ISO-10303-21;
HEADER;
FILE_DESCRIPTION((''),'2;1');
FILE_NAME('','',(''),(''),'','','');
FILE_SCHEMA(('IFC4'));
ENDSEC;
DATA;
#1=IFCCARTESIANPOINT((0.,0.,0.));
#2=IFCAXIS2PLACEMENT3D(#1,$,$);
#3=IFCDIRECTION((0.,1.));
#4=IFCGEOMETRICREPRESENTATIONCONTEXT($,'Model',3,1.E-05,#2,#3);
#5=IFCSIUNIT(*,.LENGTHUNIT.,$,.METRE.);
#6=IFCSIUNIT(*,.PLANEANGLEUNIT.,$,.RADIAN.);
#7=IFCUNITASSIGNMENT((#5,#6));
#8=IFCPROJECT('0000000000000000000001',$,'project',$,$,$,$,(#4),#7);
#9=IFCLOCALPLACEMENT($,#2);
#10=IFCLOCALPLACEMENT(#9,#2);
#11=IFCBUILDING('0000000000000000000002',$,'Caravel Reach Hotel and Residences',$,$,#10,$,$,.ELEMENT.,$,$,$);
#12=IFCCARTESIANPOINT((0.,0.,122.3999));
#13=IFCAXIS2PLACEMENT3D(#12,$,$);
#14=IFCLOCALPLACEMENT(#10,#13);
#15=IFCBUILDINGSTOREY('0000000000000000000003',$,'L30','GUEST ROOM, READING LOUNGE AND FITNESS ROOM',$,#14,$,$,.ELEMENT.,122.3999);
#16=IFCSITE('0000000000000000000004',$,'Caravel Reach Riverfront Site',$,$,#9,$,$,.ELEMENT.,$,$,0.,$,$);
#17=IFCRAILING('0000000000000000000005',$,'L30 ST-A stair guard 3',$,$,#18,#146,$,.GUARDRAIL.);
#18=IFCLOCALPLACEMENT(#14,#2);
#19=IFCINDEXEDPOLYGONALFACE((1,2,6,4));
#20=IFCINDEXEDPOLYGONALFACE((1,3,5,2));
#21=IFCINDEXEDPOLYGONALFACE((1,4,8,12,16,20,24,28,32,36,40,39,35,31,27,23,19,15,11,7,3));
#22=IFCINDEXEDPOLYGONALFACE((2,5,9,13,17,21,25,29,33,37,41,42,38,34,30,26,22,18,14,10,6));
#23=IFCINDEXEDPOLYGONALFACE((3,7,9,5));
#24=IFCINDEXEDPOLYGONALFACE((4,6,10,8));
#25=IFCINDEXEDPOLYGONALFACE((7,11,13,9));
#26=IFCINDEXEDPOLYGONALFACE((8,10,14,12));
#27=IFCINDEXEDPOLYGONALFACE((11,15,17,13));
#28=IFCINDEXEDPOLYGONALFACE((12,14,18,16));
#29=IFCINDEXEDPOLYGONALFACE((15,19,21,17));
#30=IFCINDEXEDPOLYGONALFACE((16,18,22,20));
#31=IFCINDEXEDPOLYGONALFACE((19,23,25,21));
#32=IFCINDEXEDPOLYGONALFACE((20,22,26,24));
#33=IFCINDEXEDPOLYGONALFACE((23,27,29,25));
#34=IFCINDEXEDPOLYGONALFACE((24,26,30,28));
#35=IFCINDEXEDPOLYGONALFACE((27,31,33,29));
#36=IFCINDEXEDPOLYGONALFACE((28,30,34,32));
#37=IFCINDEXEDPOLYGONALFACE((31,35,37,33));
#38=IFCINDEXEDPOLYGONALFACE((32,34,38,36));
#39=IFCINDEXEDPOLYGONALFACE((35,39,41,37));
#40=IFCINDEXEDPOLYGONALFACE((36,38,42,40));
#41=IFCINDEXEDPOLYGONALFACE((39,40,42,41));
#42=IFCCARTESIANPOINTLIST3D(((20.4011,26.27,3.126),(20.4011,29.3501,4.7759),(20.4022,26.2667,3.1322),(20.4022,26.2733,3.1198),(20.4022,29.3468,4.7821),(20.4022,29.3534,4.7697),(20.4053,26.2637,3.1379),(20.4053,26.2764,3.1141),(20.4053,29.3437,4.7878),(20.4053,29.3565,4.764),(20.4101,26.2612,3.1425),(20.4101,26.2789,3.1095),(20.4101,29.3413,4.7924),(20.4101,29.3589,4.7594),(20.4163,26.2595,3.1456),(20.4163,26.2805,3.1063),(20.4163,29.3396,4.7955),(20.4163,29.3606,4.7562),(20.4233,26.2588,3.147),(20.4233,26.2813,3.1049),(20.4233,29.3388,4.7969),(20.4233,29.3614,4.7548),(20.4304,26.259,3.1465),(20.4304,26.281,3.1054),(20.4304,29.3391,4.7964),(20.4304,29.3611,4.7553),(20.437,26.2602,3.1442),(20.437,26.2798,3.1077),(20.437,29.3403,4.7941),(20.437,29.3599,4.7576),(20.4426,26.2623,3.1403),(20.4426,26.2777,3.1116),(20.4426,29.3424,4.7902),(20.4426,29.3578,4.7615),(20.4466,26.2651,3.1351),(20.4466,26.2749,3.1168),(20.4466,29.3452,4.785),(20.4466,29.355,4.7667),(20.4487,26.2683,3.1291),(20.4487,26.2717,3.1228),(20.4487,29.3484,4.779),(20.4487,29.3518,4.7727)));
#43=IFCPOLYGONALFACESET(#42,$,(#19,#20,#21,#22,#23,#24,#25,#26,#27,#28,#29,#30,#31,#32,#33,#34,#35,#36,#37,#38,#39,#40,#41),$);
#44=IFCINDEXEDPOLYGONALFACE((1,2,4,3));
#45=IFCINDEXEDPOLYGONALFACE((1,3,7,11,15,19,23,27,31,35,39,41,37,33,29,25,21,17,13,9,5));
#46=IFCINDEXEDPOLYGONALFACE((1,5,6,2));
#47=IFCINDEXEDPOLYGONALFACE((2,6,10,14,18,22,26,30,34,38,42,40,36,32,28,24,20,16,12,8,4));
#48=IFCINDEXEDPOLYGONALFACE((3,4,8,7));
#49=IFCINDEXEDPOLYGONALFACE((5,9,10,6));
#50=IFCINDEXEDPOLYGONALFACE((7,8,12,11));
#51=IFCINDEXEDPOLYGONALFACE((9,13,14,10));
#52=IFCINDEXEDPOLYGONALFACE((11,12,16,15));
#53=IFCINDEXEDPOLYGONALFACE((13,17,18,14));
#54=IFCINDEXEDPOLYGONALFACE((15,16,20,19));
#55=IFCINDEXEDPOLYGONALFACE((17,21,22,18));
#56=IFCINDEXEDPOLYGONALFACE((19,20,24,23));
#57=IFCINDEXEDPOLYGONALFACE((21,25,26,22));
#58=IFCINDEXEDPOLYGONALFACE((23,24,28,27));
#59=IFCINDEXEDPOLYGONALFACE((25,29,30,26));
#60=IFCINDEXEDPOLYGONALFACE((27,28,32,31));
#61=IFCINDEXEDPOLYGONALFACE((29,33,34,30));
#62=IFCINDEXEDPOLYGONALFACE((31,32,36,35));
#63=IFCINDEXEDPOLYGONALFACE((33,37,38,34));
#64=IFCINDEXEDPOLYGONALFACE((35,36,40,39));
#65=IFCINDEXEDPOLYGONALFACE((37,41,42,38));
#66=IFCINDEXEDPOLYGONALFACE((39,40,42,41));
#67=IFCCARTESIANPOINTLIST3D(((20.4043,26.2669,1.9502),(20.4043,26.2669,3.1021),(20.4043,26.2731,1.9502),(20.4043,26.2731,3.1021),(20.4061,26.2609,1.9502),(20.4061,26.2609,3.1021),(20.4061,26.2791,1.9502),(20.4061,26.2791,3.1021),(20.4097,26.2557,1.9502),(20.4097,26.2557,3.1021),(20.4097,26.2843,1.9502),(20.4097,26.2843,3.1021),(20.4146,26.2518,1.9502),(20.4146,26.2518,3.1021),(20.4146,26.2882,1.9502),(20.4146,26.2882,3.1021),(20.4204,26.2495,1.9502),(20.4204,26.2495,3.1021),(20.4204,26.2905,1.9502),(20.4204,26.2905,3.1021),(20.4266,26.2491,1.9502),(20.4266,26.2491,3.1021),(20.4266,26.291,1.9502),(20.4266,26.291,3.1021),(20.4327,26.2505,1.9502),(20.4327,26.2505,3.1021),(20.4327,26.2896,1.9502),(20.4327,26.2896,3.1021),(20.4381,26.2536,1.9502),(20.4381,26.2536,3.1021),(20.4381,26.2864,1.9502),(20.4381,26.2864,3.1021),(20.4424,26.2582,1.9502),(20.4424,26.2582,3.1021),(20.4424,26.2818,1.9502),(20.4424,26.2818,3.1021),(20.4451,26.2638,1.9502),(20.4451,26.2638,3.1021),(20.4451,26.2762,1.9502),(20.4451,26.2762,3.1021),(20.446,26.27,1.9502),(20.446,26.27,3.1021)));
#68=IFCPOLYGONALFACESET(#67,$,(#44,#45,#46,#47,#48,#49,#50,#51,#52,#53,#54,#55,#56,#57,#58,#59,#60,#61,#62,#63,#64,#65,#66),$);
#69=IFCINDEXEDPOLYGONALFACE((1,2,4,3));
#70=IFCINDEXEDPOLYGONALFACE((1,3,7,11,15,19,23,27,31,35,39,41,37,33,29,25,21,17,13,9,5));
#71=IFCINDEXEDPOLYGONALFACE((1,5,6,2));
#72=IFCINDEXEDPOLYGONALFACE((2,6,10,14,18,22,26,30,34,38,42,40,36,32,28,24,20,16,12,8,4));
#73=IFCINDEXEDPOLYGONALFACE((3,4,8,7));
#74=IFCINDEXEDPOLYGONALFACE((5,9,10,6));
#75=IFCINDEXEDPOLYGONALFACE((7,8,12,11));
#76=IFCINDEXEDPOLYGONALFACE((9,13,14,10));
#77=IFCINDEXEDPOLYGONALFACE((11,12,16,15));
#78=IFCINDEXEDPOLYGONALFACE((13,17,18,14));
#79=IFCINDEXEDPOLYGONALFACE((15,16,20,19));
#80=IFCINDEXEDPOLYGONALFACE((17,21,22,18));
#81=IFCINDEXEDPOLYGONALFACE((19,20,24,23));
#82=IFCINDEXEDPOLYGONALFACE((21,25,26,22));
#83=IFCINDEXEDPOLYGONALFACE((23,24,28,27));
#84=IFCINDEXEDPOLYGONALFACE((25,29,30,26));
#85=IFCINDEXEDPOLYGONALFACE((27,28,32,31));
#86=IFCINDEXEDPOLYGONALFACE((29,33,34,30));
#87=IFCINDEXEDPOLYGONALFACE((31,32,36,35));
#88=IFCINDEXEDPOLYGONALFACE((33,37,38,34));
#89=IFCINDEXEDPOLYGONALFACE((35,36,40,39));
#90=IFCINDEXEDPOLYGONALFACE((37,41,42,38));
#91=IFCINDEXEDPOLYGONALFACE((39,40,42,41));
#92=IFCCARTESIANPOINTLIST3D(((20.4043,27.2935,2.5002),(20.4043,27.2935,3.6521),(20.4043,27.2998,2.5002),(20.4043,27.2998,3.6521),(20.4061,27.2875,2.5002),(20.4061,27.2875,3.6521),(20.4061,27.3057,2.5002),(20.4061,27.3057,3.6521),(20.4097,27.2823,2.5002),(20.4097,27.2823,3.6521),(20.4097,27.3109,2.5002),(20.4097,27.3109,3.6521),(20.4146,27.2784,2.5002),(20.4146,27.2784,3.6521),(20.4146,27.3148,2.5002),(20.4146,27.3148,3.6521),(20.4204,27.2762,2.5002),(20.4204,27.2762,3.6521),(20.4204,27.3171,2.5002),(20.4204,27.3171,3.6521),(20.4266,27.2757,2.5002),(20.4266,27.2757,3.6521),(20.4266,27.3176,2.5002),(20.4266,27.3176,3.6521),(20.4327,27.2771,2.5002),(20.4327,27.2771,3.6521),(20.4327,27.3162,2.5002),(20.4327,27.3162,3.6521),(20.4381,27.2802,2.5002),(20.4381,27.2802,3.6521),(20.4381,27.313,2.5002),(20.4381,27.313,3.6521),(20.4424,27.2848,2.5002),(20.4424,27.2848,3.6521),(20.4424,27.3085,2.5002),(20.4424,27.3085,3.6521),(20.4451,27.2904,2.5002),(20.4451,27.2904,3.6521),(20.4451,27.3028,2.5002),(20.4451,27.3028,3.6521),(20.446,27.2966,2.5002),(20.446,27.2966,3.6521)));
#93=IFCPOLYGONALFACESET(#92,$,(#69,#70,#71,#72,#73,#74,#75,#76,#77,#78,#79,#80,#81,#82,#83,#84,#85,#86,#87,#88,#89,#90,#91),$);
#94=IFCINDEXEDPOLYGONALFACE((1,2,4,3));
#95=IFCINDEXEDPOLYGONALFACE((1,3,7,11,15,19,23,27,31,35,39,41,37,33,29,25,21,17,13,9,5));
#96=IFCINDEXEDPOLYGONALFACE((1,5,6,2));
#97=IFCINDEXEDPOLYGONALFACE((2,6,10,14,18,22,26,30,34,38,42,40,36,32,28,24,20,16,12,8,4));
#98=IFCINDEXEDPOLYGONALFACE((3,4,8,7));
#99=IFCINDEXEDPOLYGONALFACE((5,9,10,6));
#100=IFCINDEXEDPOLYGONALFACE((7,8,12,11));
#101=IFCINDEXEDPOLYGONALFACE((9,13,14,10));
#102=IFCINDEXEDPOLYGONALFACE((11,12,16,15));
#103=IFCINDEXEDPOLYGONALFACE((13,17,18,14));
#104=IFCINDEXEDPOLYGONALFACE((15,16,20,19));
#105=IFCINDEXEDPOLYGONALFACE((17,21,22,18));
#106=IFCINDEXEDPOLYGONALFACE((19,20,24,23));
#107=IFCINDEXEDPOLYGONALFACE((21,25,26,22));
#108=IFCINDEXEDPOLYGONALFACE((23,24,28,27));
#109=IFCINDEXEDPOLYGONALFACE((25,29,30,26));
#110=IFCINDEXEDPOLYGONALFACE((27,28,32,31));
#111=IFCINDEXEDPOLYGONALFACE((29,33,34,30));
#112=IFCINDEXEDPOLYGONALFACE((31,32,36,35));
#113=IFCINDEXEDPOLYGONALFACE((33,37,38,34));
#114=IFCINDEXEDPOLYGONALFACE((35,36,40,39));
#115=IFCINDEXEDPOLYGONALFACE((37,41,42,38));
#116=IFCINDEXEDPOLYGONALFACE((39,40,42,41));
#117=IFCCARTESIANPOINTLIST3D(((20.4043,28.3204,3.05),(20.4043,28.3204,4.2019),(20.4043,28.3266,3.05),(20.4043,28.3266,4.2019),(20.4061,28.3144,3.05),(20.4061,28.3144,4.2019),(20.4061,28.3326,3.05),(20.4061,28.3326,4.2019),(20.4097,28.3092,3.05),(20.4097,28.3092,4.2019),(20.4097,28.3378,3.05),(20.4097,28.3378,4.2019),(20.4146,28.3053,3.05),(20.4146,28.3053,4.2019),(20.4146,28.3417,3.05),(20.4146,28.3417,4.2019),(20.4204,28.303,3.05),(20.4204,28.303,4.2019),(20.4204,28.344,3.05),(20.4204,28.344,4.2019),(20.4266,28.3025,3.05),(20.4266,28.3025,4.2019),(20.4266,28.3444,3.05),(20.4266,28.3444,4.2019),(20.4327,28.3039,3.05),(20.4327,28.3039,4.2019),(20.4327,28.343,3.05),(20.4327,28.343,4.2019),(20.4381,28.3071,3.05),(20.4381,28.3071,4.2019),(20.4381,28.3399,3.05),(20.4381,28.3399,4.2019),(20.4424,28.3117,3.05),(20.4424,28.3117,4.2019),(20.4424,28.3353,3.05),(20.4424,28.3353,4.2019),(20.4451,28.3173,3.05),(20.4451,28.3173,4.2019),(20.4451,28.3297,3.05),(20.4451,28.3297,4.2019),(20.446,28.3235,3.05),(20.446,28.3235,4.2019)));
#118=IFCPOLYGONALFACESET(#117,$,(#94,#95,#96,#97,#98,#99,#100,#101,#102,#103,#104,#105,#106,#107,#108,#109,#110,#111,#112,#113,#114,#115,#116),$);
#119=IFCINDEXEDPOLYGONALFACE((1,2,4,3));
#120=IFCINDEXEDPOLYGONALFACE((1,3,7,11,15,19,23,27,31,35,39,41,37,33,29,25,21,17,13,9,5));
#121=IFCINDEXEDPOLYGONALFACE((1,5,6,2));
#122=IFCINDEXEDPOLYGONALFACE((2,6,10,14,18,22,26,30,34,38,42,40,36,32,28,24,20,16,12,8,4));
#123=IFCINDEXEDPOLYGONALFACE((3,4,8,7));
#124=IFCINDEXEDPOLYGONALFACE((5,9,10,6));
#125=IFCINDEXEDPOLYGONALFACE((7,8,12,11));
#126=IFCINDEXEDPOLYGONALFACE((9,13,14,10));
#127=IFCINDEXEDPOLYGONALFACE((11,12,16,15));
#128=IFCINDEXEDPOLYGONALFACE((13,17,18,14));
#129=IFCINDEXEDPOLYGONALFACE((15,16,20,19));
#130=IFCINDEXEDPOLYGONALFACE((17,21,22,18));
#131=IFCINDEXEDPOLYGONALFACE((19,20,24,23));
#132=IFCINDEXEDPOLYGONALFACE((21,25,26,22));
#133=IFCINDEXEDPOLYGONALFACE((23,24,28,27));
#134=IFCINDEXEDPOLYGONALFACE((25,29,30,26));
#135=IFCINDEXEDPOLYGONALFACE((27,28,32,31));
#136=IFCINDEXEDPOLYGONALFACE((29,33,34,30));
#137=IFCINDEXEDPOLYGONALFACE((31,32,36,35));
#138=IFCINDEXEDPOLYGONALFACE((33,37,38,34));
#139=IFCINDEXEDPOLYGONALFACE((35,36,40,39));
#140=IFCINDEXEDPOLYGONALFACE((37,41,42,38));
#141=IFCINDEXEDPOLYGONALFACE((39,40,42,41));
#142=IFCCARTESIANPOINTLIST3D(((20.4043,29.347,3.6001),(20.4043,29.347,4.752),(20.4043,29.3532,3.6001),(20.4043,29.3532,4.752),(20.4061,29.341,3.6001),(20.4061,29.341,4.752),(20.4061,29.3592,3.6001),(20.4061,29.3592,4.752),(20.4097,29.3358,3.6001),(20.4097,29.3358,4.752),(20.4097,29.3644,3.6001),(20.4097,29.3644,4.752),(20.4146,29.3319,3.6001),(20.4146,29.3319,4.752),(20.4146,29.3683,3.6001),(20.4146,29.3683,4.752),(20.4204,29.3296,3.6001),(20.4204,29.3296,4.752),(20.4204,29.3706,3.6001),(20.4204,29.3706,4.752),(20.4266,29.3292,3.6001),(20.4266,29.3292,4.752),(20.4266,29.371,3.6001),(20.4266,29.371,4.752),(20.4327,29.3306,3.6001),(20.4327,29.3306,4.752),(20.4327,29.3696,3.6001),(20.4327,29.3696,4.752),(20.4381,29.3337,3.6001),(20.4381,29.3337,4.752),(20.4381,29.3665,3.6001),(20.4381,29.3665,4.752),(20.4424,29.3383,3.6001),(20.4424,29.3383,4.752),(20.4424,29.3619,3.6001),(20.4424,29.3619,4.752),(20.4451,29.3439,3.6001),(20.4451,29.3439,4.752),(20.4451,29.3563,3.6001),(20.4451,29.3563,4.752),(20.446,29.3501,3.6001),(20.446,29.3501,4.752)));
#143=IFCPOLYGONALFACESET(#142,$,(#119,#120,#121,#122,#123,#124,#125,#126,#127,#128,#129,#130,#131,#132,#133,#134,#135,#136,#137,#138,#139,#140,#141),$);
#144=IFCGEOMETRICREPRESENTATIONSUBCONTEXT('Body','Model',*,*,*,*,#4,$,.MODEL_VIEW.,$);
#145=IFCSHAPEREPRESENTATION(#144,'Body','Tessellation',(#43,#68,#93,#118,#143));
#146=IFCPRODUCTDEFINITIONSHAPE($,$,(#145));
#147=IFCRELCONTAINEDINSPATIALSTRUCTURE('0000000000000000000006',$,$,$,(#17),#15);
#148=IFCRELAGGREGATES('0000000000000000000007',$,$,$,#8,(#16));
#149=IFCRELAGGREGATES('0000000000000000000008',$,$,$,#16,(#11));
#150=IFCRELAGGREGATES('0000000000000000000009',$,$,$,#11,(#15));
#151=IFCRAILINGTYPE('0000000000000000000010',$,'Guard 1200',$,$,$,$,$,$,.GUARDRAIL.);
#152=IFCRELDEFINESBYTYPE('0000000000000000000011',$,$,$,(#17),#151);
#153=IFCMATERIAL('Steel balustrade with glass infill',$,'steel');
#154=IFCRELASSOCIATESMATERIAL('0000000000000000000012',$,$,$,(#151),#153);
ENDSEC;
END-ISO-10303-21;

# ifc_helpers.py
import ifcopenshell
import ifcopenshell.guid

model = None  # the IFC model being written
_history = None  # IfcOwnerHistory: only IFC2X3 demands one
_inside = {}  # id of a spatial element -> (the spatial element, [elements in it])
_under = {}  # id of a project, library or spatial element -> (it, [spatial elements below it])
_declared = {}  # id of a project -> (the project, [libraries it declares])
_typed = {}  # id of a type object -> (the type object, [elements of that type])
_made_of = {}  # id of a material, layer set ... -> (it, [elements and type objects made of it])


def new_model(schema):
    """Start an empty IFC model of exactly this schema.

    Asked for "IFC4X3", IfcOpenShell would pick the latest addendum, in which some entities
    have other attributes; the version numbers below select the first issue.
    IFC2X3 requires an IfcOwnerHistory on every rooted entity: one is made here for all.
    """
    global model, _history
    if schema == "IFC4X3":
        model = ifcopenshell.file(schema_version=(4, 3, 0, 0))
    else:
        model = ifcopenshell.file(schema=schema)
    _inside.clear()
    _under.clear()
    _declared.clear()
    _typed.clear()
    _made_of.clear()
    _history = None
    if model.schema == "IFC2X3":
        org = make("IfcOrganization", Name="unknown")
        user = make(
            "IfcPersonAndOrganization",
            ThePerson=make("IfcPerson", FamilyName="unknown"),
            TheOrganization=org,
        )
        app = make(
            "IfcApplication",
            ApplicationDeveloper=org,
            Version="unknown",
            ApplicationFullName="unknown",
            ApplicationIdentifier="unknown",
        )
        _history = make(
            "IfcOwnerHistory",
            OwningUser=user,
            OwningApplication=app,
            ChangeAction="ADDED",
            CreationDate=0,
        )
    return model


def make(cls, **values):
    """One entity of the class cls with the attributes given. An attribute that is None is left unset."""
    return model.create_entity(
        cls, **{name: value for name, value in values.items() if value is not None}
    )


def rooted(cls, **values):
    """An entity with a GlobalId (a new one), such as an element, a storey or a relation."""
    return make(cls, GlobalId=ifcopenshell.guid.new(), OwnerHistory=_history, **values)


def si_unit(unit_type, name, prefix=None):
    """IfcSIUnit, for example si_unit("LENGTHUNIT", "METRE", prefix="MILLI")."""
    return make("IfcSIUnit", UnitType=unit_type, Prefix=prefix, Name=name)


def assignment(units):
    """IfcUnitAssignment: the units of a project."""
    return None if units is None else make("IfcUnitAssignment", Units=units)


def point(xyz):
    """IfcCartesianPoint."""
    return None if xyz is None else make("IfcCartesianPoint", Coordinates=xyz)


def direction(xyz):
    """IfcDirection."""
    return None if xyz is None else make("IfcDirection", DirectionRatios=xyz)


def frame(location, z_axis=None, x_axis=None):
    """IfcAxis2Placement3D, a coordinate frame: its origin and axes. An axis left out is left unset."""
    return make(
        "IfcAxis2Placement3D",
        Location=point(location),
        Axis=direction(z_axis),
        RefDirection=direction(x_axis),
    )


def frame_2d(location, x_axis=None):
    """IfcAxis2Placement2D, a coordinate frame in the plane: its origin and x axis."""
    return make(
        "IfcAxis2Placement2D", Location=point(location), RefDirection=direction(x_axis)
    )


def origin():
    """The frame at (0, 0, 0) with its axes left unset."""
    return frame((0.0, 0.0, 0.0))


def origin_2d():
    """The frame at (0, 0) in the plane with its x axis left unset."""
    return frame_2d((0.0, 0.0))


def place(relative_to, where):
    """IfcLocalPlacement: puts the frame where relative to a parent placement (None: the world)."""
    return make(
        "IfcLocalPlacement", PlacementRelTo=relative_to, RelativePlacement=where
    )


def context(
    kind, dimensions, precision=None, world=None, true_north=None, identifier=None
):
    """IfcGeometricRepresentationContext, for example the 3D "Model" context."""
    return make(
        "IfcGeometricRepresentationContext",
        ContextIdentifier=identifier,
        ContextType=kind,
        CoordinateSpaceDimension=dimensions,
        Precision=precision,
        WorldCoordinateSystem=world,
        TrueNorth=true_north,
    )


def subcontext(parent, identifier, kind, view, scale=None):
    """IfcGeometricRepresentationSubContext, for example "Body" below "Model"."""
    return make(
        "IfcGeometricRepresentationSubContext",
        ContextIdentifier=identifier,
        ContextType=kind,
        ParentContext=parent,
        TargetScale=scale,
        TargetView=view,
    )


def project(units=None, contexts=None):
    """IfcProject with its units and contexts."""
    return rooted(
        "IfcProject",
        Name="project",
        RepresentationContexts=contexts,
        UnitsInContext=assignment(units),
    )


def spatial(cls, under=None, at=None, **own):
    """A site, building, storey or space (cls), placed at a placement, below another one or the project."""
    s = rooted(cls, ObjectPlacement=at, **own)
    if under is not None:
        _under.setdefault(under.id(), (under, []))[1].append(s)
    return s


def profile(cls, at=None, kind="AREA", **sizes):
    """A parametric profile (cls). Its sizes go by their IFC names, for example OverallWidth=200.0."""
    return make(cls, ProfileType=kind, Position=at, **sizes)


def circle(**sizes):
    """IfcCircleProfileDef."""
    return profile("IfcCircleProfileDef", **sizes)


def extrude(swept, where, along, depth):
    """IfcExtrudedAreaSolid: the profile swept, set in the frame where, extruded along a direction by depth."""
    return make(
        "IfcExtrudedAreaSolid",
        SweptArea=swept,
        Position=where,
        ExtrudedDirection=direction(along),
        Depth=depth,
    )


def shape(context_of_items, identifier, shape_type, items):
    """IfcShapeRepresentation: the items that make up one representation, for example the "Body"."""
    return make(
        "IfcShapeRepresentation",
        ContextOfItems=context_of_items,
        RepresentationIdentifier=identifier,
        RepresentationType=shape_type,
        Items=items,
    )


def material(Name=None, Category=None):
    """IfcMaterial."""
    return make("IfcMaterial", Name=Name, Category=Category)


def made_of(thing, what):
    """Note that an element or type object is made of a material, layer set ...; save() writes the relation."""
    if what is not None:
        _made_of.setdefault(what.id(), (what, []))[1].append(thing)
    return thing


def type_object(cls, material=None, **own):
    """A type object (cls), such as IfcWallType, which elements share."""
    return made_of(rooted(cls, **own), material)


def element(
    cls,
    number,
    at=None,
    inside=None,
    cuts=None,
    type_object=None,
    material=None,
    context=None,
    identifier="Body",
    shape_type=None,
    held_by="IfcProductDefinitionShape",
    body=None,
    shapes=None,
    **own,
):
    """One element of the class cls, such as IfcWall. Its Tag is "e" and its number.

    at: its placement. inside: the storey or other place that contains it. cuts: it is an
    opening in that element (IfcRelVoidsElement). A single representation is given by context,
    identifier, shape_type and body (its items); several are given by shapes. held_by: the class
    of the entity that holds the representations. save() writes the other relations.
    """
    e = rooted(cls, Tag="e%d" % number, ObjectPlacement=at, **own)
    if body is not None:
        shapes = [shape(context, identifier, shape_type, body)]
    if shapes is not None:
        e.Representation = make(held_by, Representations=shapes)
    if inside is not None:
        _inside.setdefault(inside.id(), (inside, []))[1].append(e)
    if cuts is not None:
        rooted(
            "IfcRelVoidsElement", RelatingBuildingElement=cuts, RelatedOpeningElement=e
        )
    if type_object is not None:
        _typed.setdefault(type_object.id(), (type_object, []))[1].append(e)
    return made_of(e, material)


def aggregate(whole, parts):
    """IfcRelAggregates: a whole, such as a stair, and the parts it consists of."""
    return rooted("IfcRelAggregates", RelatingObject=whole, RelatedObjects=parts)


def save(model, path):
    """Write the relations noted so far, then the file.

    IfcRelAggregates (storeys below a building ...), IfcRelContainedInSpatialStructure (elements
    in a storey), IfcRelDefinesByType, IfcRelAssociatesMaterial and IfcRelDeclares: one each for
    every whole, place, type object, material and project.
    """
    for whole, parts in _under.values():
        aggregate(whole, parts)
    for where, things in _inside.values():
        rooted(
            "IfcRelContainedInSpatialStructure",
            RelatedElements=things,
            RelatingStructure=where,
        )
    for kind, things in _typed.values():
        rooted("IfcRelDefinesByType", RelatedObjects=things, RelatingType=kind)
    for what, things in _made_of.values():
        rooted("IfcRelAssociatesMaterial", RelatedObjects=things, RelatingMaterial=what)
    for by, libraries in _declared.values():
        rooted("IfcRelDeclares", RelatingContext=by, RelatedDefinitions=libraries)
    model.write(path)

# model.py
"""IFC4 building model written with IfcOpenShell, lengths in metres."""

from ifc_helpers import new_model, si_unit, direction, frame, origin, origin_2d, place, context, subcontext, project, spatial, circle, extrude, material, type_object, element, save


model = new_model("IFC4")

# Units and contexts
model_context = context("Model", 3, precision=1e-05, world=origin(), true_north=direction((0.0, 1.0)))
body_context = subcontext(model_context, "Body", "Model", "MODEL_VIEW")
ifc_project = project(units=[si_unit("LENGTHUNIT", "METRE"), si_unit("PLANEANGLEUNIT", "RADIAN")], contexts=[model_context])

# Site, building, storey
site_placement = place(None, origin())
site = spatial("IfcSite", under=ifc_project, at=site_placement, Name="Caravel Reach Riverfront Site", CompositionType="ELEMENT", RefElevation=0.0)
building_placement = place(site_placement, origin())
building = spatial("IfcBuilding", under=site, at=building_placement, Name="Caravel Reach Hotel and Residences", CompositionType="ELEMENT")
storey_placement = place(building_placement, frame((0.0, 0.0, 122.3999)))
storey = spatial("IfcBuildingStorey", under=building, at=storey_placement, Name="L30", Description="GUEST ROOM, READING LOUNGE AND FITNESS ROOM", CompositionType="ELEMENT", Elevation=122.3999)

# Railing
ifc_material_1 = material(Name="Steel balustrade with glass infill", Category="steel")
railing_type_1 = type_object("IfcRailingType", Name="Guard 1200", PredefinedType="GUARDRAIL", material=ifc_material_1)
railing_1_placement = place(storey_placement, frame((20.425, 26.27, 1.9502)))
element("IfcRailing", 1, at=railing_1_placement, inside=storey, type_object=railing_type_1, Name="L30 ST-A stair guard 3", PredefinedType="GUARDRAIL", context=body_context, shape_type="SweptSolid", body=[
    extrude(circle(Radius=0.0239, at=origin_2d()), frame((0.0, 0.0, 1.1758), z_axis=(0.0, 0.881497, 0.47219), x_axis=(-1.0, 0.0, 0.0)), (0.0, 0.0, 1.0), 3.4941),
    extrude(circle(Radius=0.021, at=origin_2d()), origin(), (0.0, 0.0, 1.0), 1.1519),
    extrude(circle(Radius=0.021, at=origin_2d()), frame((0.0, 1.0266, 0.55)), (0.0, 0.0, 1.0), 1.1519),
    extrude(circle(Radius=0.021, at=origin_2d()), frame((0.0, 2.0535, 1.0999)), (0.0, 0.0, 1.0), 1.1519),
    extrude(circle(Radius=0.021, at=origin_2d()), frame((0.0, 3.0801, 1.6499)), (0.0, 0.0, 1.0), 1.1519),
])

save(model, "model.ifc")
